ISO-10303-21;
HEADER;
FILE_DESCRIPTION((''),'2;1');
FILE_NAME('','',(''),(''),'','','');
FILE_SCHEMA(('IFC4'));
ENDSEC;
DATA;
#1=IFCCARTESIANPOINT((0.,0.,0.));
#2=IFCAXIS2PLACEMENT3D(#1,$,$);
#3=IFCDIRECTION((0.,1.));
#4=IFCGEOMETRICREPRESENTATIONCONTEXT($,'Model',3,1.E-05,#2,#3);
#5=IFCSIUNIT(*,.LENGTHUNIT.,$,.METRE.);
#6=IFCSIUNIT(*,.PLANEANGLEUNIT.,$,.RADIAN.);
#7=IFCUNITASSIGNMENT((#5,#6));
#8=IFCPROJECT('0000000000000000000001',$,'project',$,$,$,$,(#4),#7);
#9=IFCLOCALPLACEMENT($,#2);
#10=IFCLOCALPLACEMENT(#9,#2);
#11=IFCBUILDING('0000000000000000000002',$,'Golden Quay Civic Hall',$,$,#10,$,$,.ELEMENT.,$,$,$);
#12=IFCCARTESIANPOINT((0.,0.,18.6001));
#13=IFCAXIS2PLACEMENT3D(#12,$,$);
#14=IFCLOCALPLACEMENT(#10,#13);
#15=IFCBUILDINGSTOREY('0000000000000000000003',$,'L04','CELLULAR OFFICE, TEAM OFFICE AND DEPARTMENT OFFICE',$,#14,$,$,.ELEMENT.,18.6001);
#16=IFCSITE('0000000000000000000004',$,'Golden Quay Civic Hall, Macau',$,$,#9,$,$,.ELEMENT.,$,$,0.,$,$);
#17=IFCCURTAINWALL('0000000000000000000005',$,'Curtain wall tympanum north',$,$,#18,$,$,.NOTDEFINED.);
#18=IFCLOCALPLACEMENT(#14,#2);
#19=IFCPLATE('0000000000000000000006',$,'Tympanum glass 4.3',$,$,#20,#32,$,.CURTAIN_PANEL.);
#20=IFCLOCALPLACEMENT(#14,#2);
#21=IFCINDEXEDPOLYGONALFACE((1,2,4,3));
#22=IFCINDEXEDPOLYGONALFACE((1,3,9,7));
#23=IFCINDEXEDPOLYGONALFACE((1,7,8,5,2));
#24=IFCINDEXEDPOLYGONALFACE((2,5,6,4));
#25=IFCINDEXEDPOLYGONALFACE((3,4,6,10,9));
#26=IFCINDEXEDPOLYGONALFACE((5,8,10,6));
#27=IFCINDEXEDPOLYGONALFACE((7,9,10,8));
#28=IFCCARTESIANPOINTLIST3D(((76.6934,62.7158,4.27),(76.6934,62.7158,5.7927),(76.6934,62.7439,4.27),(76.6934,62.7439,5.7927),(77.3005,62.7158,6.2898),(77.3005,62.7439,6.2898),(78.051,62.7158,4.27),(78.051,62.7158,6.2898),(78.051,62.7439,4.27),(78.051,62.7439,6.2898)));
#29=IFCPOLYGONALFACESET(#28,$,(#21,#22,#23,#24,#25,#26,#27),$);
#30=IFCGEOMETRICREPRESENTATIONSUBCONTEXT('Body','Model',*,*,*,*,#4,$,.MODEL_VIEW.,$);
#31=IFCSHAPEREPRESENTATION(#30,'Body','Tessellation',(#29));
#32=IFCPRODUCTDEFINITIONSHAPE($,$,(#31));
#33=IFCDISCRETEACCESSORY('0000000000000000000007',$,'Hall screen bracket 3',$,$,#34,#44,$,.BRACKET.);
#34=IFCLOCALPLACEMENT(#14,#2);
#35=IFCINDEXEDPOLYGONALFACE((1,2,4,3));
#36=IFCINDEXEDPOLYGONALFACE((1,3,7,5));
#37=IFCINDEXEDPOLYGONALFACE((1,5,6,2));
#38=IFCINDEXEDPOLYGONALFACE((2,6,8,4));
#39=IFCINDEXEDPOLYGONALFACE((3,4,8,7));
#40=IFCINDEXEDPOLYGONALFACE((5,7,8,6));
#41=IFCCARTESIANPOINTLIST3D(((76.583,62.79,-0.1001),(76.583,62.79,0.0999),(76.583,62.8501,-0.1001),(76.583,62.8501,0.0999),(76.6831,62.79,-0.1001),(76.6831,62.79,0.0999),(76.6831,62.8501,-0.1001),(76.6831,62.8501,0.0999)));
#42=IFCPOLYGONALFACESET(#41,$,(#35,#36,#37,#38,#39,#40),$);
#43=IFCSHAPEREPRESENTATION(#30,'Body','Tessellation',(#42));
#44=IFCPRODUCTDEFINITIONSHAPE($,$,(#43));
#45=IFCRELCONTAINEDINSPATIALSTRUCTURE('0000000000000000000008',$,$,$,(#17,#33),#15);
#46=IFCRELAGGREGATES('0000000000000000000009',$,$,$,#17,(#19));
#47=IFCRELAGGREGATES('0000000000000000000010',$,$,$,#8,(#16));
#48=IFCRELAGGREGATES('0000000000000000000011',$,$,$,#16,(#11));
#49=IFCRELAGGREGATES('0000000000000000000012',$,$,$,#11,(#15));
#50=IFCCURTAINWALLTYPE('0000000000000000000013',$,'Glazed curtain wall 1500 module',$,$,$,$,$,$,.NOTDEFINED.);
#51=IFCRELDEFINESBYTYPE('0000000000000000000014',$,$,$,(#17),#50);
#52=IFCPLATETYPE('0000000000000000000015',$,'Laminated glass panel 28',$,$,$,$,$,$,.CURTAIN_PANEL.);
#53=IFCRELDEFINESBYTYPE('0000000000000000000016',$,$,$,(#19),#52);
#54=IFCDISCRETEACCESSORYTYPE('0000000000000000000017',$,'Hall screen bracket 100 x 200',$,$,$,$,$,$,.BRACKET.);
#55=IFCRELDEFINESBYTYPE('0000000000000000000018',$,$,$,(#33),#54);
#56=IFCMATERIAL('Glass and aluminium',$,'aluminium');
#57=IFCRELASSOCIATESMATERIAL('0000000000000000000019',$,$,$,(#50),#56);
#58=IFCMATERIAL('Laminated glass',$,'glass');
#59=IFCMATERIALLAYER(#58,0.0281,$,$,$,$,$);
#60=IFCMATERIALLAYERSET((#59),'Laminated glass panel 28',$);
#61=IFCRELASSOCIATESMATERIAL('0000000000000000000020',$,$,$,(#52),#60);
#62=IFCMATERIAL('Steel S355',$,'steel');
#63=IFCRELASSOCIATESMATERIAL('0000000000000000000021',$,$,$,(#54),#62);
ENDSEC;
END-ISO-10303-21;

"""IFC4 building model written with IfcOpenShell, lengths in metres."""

from ifc_helpers import new_model, si_unit, direction, frame, origin, origin_2d, place, context, subcontext, project, spatial, polyline, rectangle, outline, extrude, material, layer, layer_set, type_object, element, aggregate, save


model = new_model("IFC4")

# Units and contexts
model_context = context("Model", 3, precision=1e-05, world=origin(), true_north=direction((0.0, 1.0)))
body_context = subcontext(model_context, "Body", "Model", "MODEL_VIEW")
ifc_project = project(units=[si_unit("LENGTHUNIT", "METRE"), si_unit("PLANEANGLEUNIT", "RADIAN")], contexts=[model_context])

# Site, building, storey
site_placement = place(None, origin())
site = spatial("IfcSite", under=ifc_project, at=site_placement, Name="Golden Quay Civic Hall, Macau", CompositionType="ELEMENT", RefElevation=0.0)
building_placement = place(site_placement, origin())
building = spatial("IfcBuilding", under=site, at=building_placement, Name="Golden Quay Civic Hall", CompositionType="ELEMENT")
storey_placement = place(building_placement, frame((0.0, 0.0, 18.6001)))
storey = spatial("IfcBuildingStorey", under=building, at=storey_placement, Name="L04", Description="CELLULAR OFFICE, TEAM OFFICE AND DEPARTMENT OFFICE", CompositionType="ELEMENT", Elevation=18.6001)

# Curtain wall, plate
ifc_material_1 = material(Name="Glass and aluminium", Category="aluminium")
curtain_wall_type_1 = type_object("IfcCurtainWallType", Name="Glazed curtain wall 1500 module", PredefinedType="NOTDEFINED", material=ifc_material_1)
curtain_wall_1_placement = place(storey_placement, origin())
curtain_wall_1 = element("IfcCurtainWall", 1, at=curtain_wall_1_placement, inside=storey, type_object=curtain_wall_type_1, Name="Curtain wall tympanum north", PredefinedType="NOTDEFINED")
ifc_material_2 = material(Name="Laminated glass", Category="glass")
ifc_layer_1 = layer(ifc_material_2, 0.0281)
ifc_layer_set_1 = layer_set([ifc_layer_1], Name="Laminated glass panel 28")
plate_type_1 = type_object("IfcPlateType", Name="Laminated glass panel 28", PredefinedType="CURTAIN_PANEL", material=ifc_layer_set_1)
plate_1_placement = place(storey_placement, frame((78.051, 62.7439, 4.27), z_axis=(0.0, 1.0, 0.0), x_axis=(-1.0, 0.0, 0.0)))
plate_1 = element("IfcPlate", 2, at=plate_1_placement, type_object=plate_type_1, Name="Tympanum glass 4.3", PredefinedType="CURTAIN_PANEL", context=body_context, shape_type="SweptSolid", body=[
    extrude(outline(polyline([(0.0, 0.0), (1.3577, 0.0), (1.3577, 1.5227), (0.7505, 2.0198), (0.0, 2.0198), (0.0, 0.0)])), origin(), (0.0, 0.0, -1.0), 0.0281),
])
aggregate(curtain_wall_1, [plate_1])

# Discrete accessory
ifc_material_3 = material(Name="Steel S355", Category="steel")
discrete_accessory_type = type_object("IfcDiscreteAccessoryType", Name="Hall screen bracket 100 x 200", PredefinedType="BRACKET", material=ifc_material_3)
discrete_accessory_placement = place(storey_placement, frame((76.6331, 62.8201, -0.1001), z_axis=(0.0, 0.0, 1.0), x_axis=(1.0, 0.0, 0.0)))
element("IfcDiscreteAccessory", 3, at=discrete_accessory_placement, inside=storey, type_object=discrete_accessory_type, Name="Hall screen bracket 3", PredefinedType="BRACKET", context=body_context, shape_type="SweptSolid", body=[
    extrude(rectangle(XDim=0.1001, YDim=0.0601, at=origin_2d()), origin(), (0.0, 0.0, 1.0), 0.2),
])

save(model, "model.ifc")
